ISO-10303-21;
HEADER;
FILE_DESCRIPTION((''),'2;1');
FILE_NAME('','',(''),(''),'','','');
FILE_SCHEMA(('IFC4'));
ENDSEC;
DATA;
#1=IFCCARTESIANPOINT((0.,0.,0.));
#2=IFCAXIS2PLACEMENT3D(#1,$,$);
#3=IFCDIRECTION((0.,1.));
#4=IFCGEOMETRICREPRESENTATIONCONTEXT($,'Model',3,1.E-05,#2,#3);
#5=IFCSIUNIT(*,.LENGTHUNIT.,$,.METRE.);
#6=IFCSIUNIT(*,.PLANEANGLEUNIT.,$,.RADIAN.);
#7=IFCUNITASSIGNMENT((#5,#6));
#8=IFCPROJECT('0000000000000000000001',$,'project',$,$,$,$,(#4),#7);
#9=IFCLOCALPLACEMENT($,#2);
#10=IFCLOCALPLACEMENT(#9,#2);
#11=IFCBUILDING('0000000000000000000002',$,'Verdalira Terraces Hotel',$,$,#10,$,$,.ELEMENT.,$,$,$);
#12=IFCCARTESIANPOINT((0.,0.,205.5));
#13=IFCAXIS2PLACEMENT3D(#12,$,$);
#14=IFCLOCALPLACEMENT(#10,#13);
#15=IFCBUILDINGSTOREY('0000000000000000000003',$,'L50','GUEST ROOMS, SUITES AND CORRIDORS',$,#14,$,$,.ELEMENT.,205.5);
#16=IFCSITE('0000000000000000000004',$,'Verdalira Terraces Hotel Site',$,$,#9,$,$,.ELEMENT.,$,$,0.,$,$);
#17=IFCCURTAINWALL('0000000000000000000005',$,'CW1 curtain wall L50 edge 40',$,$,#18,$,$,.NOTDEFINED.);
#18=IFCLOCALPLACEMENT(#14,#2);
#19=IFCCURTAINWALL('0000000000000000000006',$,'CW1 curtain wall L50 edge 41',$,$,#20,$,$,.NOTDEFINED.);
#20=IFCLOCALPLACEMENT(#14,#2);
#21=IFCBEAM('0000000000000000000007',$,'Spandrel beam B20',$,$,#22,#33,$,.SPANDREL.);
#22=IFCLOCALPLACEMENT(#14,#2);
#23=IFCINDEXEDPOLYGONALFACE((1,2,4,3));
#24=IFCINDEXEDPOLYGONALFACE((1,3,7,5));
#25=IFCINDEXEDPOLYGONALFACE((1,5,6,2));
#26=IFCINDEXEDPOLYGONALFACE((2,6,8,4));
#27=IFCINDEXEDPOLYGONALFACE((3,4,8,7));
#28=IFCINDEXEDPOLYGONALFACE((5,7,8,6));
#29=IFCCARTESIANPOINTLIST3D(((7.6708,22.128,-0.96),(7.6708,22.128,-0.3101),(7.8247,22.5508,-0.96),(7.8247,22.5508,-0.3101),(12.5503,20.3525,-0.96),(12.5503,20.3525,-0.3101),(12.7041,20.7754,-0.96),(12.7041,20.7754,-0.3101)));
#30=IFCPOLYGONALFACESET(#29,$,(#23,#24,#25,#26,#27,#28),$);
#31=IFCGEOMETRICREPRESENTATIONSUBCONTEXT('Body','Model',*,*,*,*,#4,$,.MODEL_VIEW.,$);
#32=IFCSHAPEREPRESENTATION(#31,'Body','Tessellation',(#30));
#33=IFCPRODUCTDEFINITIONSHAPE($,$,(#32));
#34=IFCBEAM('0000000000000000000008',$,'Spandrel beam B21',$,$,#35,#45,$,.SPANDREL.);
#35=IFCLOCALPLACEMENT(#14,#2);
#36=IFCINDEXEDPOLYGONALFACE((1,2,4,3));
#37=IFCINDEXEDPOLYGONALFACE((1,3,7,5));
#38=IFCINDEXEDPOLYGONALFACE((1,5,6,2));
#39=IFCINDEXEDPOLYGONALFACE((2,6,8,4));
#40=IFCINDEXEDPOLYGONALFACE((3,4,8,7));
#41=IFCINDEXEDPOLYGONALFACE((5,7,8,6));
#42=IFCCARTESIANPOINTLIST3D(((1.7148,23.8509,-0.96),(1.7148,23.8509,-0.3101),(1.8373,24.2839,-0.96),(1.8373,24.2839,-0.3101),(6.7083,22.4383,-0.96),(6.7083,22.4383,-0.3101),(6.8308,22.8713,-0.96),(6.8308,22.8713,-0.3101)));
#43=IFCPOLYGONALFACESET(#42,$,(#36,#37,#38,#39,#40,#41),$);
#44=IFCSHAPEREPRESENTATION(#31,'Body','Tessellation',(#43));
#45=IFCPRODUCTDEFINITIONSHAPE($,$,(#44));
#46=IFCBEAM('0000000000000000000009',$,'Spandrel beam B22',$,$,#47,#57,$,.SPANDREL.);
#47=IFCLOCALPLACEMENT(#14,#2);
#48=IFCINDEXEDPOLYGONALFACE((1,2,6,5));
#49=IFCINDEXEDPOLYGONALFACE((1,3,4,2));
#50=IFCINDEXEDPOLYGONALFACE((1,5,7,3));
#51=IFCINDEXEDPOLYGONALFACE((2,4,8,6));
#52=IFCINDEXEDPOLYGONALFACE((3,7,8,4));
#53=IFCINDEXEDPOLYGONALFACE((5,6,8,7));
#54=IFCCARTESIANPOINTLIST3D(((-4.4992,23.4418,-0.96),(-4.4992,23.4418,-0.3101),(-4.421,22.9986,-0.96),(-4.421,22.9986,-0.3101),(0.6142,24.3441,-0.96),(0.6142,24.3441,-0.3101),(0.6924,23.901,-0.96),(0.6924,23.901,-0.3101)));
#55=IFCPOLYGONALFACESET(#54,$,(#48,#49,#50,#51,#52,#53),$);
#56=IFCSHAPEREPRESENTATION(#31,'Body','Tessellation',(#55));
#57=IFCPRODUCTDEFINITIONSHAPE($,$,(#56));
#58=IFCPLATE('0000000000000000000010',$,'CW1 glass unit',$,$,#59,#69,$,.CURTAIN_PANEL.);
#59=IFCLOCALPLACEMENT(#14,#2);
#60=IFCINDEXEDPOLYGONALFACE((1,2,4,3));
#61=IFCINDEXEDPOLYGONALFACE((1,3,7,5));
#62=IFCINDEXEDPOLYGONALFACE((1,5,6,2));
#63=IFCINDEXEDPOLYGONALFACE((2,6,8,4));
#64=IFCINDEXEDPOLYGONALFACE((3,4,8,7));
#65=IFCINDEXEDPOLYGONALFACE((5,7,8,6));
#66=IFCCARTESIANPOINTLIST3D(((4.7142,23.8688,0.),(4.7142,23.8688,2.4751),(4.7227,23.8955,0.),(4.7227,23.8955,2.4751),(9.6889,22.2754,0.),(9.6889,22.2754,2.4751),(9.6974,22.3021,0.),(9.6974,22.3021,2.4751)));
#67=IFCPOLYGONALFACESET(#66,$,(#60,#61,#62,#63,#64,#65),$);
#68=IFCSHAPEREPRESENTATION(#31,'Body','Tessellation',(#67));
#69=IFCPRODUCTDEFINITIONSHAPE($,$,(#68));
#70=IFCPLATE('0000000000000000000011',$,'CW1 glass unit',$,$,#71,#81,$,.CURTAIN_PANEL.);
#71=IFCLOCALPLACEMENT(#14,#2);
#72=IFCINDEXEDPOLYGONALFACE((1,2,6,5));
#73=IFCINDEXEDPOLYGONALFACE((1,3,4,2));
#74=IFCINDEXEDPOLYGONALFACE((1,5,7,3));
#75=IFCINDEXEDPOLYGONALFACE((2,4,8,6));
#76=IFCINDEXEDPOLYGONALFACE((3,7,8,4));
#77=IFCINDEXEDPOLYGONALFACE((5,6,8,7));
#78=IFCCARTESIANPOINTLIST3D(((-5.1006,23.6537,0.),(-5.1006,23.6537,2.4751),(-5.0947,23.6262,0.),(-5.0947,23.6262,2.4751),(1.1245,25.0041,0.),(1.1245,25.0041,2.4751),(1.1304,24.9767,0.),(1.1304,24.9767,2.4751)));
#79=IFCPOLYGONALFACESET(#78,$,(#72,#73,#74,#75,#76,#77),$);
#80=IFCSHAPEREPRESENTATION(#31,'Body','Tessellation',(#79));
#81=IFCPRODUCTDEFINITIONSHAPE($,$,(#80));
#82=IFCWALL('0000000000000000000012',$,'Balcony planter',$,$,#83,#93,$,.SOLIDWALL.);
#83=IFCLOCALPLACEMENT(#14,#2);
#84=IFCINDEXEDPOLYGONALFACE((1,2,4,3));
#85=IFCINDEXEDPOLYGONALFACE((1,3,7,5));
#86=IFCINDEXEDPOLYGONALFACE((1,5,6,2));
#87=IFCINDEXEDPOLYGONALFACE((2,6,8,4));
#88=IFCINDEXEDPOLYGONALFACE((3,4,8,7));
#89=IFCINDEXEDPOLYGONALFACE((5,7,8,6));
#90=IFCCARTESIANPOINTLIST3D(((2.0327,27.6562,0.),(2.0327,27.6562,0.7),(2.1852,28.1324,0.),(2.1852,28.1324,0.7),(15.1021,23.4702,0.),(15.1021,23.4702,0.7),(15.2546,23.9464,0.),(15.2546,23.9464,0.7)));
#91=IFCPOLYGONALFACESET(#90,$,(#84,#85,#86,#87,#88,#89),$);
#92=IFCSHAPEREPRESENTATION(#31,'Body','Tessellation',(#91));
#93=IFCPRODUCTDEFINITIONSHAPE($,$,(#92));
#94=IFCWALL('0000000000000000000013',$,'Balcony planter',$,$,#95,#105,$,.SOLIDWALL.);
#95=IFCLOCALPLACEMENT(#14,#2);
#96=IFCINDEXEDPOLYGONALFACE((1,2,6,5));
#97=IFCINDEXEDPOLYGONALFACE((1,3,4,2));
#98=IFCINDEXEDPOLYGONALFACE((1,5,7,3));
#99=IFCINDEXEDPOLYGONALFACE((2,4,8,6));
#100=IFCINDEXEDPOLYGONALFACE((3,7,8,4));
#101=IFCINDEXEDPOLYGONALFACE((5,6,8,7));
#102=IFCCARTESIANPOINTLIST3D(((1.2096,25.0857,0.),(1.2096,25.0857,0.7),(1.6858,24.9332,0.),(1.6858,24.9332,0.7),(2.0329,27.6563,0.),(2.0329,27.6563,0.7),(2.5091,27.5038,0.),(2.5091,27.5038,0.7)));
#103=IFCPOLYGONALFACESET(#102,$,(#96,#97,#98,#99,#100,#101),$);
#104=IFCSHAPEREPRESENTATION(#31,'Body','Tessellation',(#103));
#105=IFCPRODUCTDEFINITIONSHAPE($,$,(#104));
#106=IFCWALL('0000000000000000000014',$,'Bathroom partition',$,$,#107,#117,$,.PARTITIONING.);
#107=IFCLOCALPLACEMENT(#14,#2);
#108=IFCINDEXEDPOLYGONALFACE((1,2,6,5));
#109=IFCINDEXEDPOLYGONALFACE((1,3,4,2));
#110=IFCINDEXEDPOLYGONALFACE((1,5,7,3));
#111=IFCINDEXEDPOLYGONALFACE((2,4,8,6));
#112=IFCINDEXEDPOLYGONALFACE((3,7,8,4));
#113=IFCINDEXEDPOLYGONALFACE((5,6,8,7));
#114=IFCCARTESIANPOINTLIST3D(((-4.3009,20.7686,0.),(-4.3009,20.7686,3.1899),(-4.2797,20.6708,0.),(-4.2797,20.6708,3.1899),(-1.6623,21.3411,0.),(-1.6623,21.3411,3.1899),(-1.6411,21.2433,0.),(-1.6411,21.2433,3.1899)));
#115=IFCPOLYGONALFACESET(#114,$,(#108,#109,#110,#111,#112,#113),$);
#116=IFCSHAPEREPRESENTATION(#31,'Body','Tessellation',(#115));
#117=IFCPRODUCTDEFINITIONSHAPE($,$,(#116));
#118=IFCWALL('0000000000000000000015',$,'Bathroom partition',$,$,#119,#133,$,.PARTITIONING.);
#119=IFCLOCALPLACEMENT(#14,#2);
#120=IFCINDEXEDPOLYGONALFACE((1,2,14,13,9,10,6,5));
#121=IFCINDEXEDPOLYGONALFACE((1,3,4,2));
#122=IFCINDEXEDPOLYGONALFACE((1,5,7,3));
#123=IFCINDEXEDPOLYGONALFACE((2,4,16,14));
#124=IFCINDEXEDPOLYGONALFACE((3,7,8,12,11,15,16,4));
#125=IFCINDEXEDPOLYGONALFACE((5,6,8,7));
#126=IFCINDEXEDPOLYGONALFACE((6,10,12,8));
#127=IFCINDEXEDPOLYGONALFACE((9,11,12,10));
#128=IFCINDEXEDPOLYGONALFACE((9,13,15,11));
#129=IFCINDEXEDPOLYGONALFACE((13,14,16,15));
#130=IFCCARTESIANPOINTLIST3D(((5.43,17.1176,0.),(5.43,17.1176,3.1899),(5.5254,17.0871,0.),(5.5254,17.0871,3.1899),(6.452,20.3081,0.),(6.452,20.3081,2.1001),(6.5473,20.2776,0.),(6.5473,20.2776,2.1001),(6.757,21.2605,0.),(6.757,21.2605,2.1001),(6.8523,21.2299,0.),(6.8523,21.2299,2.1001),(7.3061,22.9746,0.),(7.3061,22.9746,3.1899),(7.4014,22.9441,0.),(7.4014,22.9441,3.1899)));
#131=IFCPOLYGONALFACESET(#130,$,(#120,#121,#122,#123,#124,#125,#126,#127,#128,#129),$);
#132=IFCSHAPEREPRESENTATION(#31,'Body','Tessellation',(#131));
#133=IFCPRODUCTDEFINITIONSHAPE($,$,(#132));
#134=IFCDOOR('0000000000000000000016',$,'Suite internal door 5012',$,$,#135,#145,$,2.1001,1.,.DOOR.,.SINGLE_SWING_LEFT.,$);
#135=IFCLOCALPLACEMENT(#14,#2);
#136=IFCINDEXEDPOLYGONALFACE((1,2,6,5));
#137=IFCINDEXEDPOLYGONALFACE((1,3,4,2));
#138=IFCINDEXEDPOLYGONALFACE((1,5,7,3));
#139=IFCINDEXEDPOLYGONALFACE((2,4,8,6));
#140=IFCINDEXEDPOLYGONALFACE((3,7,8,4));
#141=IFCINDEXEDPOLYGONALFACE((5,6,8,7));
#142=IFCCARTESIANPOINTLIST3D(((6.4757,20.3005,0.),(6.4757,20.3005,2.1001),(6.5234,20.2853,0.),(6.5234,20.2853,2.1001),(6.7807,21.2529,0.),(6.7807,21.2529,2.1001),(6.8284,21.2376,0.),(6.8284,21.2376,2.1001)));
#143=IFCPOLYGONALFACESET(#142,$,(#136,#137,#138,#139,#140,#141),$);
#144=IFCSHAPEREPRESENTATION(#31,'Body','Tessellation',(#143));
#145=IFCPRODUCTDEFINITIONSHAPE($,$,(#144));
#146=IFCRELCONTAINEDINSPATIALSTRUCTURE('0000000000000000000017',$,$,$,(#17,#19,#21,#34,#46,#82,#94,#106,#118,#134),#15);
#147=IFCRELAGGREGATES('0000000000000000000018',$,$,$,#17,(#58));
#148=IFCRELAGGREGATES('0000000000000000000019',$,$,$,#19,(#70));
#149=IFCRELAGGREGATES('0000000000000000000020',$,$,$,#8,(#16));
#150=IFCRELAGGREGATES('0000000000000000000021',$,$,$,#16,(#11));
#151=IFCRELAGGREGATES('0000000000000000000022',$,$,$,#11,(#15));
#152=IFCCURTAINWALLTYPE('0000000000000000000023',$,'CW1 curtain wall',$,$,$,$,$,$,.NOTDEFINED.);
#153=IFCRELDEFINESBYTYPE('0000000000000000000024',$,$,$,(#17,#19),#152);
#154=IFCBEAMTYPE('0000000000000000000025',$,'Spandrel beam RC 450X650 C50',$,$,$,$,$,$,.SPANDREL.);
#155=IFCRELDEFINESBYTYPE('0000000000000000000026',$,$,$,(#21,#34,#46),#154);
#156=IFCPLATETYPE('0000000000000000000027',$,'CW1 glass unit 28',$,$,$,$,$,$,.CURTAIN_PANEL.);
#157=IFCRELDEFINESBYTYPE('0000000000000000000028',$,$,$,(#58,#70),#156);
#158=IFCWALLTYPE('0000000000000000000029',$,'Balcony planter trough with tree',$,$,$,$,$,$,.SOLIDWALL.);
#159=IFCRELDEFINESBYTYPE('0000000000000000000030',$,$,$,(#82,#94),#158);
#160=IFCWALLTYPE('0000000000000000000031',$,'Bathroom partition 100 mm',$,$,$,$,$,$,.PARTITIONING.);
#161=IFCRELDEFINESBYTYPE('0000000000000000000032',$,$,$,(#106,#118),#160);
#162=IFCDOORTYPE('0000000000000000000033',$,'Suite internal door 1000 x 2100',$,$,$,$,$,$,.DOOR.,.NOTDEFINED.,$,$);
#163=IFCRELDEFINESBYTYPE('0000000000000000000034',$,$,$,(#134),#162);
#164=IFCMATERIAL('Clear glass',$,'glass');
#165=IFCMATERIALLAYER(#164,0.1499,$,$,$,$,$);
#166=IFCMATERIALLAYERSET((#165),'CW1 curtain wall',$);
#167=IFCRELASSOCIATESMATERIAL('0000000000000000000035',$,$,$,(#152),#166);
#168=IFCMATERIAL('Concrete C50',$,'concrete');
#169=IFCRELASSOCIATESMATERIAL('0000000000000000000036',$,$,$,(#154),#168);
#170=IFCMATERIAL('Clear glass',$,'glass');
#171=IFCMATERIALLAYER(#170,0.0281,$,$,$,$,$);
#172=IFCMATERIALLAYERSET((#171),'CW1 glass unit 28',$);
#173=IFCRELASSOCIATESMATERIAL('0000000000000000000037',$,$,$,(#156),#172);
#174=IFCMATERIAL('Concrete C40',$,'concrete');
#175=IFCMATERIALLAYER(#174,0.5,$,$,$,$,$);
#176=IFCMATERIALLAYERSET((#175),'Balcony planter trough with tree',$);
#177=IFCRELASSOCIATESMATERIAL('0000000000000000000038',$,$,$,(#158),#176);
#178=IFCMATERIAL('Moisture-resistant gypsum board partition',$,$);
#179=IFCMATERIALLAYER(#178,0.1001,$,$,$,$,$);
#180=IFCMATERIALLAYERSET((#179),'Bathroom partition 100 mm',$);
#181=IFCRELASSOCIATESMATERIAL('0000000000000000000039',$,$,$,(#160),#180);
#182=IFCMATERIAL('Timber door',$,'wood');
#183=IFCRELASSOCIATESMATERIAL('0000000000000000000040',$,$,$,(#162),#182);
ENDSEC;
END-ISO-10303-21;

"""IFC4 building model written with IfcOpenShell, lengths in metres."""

from ifc_helpers import new_model, si_unit, direction, frame, frame_2d, origin, origin_2d, place, context, subcontext, project, spatial, rectangle, extrude, material, layer, layer_set, material_profile, profile_set, type_object, element, fill, aggregate, save


model = new_model("IFC4")

# Units and contexts
model_context = context("Model", 3, precision=1e-05, world=origin(), true_north=direction((0.0, 1.0)))
body_context = subcontext(model_context, "Body", "Model", "MODEL_VIEW")
ifc_project = project(units=[si_unit("LENGTHUNIT", "METRE"), si_unit("PLANEANGLEUNIT", "RADIAN")], contexts=[model_context])

# Site, building, storey
site_placement = place(None, origin())
site = spatial("IfcSite", under=ifc_project, at=site_placement, Name="Verdalira Terraces Hotel Site", CompositionType="ELEMENT", RefElevation=0.0)
building_placement = place(site_placement, origin())
building = spatial("IfcBuilding", under=site, at=building_placement, Name="Verdalira Terraces Hotel", CompositionType="ELEMENT")
storey_placement = place(building_placement, frame((0.0, 0.0, 205.5)))
storey = spatial("IfcBuildingStorey", under=building, at=storey_placement, Name="L50", Description="GUEST ROOMS, SUITES AND CORRIDORS", CompositionType="ELEMENT", Elevation=205.5)

# Shared definitions
ifc_material_1 = material(Name="Clear glass", Category="glass")
ifc_layer_1 = layer(ifc_material_1, 0.1499)
ifc_layer_set_1 = layer_set([ifc_layer_1], Name="CW1 curtain wall")
curtain_wall_type = type_object("IfcCurtainWallType", Name="CW1 curtain wall", PredefinedType="NOTDEFINED", material=ifc_layer_set_1)

# Curtain wall
curtain_wall_1_placement = place(storey_placement, origin())
curtain_wall_1 = element("IfcCurtainWall", 1, at=curtain_wall_1_placement, inside=storey, type_object=curtain_wall_type, Name="CW1 curtain wall L50 edge 40", PredefinedType="NOTDEFINED")

# Curtain wall
curtain_wall_2_placement = place(storey_placement, origin())
curtain_wall_2 = element("IfcCurtainWall", 2, at=curtain_wall_2_placement, inside=storey, type_object=curtain_wall_type, Name="CW1 curtain wall L50 edge 41", PredefinedType="NOTDEFINED")

# Beams
ifc_material_2 = material(Name="Concrete C50", Category="concrete")
ifc_material_profile_1 = material_profile(ifc_material_2, rectangle(XDim=0.45, YDim=0.6499, at=origin_2d()), Name="RC 450X650")
ifc_profile_set_1 = profile_set([ifc_material_profile_1], Name="Concrete C50")
beam_type_1 = type_object("IfcBeamType", Name="Spandrel beam RC 450X650 C50", PredefinedType="SPANDREL", material=ifc_profile_set_1)
beam_1_placement = place(storey_placement, frame((12.6272, 20.564, -0.635), z_axis=(-0.939728, 0.341924, 0.0), x_axis=(-0.341924, -0.939728, 0.0)))
element("IfcBeam", 3, at=beam_1_placement, inside=storey, type_object=beam_type_1, Name="Spandrel beam B20", PredefinedType="SPANDREL", context=body_context, shape_type="SweptSolid", body=[
    extrude(rectangle(XDim=0.45, YDim=0.6499, at=origin_2d()), origin(), (0.0, 0.0, 1.0), 5.1924),
])
beam_2_placement = place(storey_placement, frame((6.7695, 22.6548, -0.635), z_axis=(-0.962238, 0.27221, 0.0), x_axis=(-0.27221, -0.962238, 0.0)))
element("IfcBeam", 4, at=beam_2_placement, inside=storey, type_object=beam_type_1, Name="Spandrel beam B21", PredefinedType="SPANDREL", context=body_context, shape_type="SweptSolid", body=[
    extrude(rectangle(XDim=0.45, YDim=0.6499, at=origin_2d()), origin(), (0.0, 0.0, 1.0), 5.1895),
])
beam_3_placement = place(storey_placement, frame((0.6533, 24.1226, -0.635), z_axis=(-0.984784, -0.173785, 0.0), x_axis=(0.173785, -0.984784, 0.0)))
element("IfcBeam", 5, at=beam_3_placement, inside=storey, type_object=beam_type_1, Name="Spandrel beam B22", PredefinedType="SPANDREL", context=body_context, shape_type="SweptSolid", body=[
    extrude(rectangle(XDim=0.45, YDim=0.6499, at=origin_2d()), origin(), (0.0, 0.0, 1.0), 5.1924),
])

# Plates
ifc_material_3 = material(Name="Clear glass", Category="glass")
ifc_layer_2 = layer(ifc_material_3, 0.0281)
ifc_layer_set_2 = layer_set([ifc_layer_2], Name="CW1 glass unit 28")
plate_type = type_object("IfcPlateType", Name="CW1 glass unit 28", PredefinedType="CURTAIN_PANEL", material=ifc_layer_set_2)
plate_1_placement = place(storey_placement, frame((7.2058, 23.0854, 0.0), z_axis=(0.0, 0.0, 1.0), x_axis=(-0.952343, 0.305031, 0.0)))
plate_1 = element("IfcPlate", 6, at=plate_1_placement, type_object=plate_type, Name="CW1 glass unit", PredefinedType="CURTAIN_PANEL", context=body_context, shape_type="SweptSolid", body=[
    extrude(rectangle(XDim=5.2236, YDim=0.0281, at=origin_2d()), origin(), (0.0, 0.0, 1.0), 2.4751),
])
aggregate(curtain_wall_1, [plate_1])
plate_2_placement = place(storey_placement, frame((-1.9851, 24.3152, 0.0), z_axis=(0.0, 0.0, 1.0), x_axis=(-0.977268, -0.212007, 0.0)))
plate_2 = element("IfcPlate", 7, at=plate_2_placement, type_object=plate_type, Name="CW1 glass unit", PredefinedType="CURTAIN_PANEL", context=body_context, shape_type="SweptSolid", body=[
    extrude(rectangle(XDim=6.3699, YDim=0.0281, at=origin_2d()), origin(), (0.0, 0.0, 1.0), 2.4751),
])
aggregate(curtain_wall_2, [plate_2])

# Walls
ifc_material_4 = material(Name="Concrete C40", Category="concrete")
ifc_layer_3 = layer(ifc_material_4, 0.5)
ifc_layer_set_3 = layer_set([ifc_layer_3], Name="Balcony planter trough with tree")
wall_type_1 = type_object("IfcWallType", Name="Balcony planter trough with tree", PredefinedType="SOLIDWALL", material=ifc_layer_set_3)
wall_1_placement = place(storey_placement, frame((15.1785, 23.7083, 0.0), z_axis=(0.0, 0.0, 1.0), x_axis=(-0.952343, 0.30503, 0.0)))
element("IfcWall", 8, at=wall_1_placement, inside=storey, type_object=wall_type_1, Name="Balcony planter", PredefinedType="SOLIDWALL", context=body_context, shape_type="SweptSolid", body=[
    extrude(rectangle(XDim=13.7234, YDim=0.5, at=frame_2d((6.8618, 0.0))), origin(), (0.0, 0.0, 1.0), 0.7),
])
wall_2_placement = place(storey_placement, frame((2.271, 27.5801, 0.0), z_axis=(0.0, 0.0, 1.0), x_axis=(-0.304999, -0.952353, 0.0)))
element("IfcWall", 9, at=wall_2_placement, inside=storey, type_object=wall_type_1, Name="Balcony planter", PredefinedType="SOLIDWALL", context=body_context, shape_type="SweptSolid", body=[
    extrude(rectangle(XDim=2.6992, YDim=0.5, at=frame_2d((1.3496, 0.0))), origin(), (0.0, 0.0, 1.0), 0.7),
])
ifc_material_5 = material(Name="Moisture-resistant gypsum board partition")
ifc_layer_4 = layer(ifc_material_5, 0.1001)
ifc_layer_set_4 = layer_set([ifc_layer_4], Name="Bathroom partition 100 mm")
wall_type_2 = type_object("IfcWallType", Name="Bathroom partition 100 mm", PredefinedType="PARTITIONING", material=ifc_layer_set_4)
wall_3_placement = place(storey_placement, frame((-1.6516, 21.2922, 0.0), z_axis=(0.0, 0.0, 1.0), x_axis=(-0.977262, -0.212035, 0.0)))
element("IfcWall", 10, at=wall_3_placement, inside=storey, type_object=wall_type_2, Name="Bathroom partition", PredefinedType="PARTITIONING", context=body_context, shape_type="SweptSolid", body=[
    extrude(rectangle(XDim=2.7, YDim=0.1001, at=frame_2d((1.3501, 0.0))), origin(), (0.0, 0.0, 1.0), 3.1899),
])

# Wall, opening, door
wall_4_placement = place(storey_placement, frame((7.3538, 22.9595, 0.0), z_axis=(0.0, 0.0, 1.0), x_axis=(-0.305035, -0.952341, 0.0)))
wall_4 = element("IfcWall", 11, at=wall_4_placement, inside=storey, type_object=wall_type_2, Name="Bathroom partition", PredefinedType="PARTITIONING", context=body_context, shape_type="SweptSolid", body=[
    extrude(rectangle(XDim=6.1501, YDim=0.1001, at=frame_2d((3.0752, 0.0))), origin(), (0.0, 0.0, 1.0), 3.1899),
])
opening_1_placement = place(wall_4_placement, frame((1.8, 0.0, 0.0)))
opening_1 = element("IfcOpeningElement", 12, at=opening_1_placement, cuts=wall_4, PredefinedType="OPENING", context=body_context, shape_type="SweptSolid", body=[
    extrude(rectangle(XDim=1.0, YDim=2.1001, at=frame_2d((0.5, 1.05))), frame((0.0, 0.0601, 0.0), z_axis=(0.0, -1.0, 0.0), x_axis=(1.0, 0.0, 0.0)), (0.0, 0.0, 1.0), 0.1201),
])
ifc_material_6 = material(Name="Timber door", Category="wood")
door_type_1 = type_object("IfcDoorType", Name="Suite internal door 1000 x 2100", OperationType="NOTDEFINED", PredefinedType="DOOR", material=ifc_material_6)
door_1_placement = place(opening_1_placement, origin())
door_1 = element("IfcDoor", 13, at=door_1_placement, inside=storey, type_object=door_type_1, Name="Suite internal door 5012", OperationType="SINGLE_SWING_LEFT", OverallHeight=2.1001, OverallWidth=1.0, PredefinedType="DOOR", context=body_context, shape_type="SweptSolid", body=[
    extrude(rectangle(XDim=1.0, YDim=2.1001, at=frame_2d((0.5, 1.05))), frame((0.0, 0.0249, 0.0), z_axis=(0.0, -1.0, 0.0), x_axis=(1.0, 0.0, 0.0)), (0.0, 0.0, 1.0), 0.05),
])
fill(opening_1, door_1)

save(model, "model.ifc")
